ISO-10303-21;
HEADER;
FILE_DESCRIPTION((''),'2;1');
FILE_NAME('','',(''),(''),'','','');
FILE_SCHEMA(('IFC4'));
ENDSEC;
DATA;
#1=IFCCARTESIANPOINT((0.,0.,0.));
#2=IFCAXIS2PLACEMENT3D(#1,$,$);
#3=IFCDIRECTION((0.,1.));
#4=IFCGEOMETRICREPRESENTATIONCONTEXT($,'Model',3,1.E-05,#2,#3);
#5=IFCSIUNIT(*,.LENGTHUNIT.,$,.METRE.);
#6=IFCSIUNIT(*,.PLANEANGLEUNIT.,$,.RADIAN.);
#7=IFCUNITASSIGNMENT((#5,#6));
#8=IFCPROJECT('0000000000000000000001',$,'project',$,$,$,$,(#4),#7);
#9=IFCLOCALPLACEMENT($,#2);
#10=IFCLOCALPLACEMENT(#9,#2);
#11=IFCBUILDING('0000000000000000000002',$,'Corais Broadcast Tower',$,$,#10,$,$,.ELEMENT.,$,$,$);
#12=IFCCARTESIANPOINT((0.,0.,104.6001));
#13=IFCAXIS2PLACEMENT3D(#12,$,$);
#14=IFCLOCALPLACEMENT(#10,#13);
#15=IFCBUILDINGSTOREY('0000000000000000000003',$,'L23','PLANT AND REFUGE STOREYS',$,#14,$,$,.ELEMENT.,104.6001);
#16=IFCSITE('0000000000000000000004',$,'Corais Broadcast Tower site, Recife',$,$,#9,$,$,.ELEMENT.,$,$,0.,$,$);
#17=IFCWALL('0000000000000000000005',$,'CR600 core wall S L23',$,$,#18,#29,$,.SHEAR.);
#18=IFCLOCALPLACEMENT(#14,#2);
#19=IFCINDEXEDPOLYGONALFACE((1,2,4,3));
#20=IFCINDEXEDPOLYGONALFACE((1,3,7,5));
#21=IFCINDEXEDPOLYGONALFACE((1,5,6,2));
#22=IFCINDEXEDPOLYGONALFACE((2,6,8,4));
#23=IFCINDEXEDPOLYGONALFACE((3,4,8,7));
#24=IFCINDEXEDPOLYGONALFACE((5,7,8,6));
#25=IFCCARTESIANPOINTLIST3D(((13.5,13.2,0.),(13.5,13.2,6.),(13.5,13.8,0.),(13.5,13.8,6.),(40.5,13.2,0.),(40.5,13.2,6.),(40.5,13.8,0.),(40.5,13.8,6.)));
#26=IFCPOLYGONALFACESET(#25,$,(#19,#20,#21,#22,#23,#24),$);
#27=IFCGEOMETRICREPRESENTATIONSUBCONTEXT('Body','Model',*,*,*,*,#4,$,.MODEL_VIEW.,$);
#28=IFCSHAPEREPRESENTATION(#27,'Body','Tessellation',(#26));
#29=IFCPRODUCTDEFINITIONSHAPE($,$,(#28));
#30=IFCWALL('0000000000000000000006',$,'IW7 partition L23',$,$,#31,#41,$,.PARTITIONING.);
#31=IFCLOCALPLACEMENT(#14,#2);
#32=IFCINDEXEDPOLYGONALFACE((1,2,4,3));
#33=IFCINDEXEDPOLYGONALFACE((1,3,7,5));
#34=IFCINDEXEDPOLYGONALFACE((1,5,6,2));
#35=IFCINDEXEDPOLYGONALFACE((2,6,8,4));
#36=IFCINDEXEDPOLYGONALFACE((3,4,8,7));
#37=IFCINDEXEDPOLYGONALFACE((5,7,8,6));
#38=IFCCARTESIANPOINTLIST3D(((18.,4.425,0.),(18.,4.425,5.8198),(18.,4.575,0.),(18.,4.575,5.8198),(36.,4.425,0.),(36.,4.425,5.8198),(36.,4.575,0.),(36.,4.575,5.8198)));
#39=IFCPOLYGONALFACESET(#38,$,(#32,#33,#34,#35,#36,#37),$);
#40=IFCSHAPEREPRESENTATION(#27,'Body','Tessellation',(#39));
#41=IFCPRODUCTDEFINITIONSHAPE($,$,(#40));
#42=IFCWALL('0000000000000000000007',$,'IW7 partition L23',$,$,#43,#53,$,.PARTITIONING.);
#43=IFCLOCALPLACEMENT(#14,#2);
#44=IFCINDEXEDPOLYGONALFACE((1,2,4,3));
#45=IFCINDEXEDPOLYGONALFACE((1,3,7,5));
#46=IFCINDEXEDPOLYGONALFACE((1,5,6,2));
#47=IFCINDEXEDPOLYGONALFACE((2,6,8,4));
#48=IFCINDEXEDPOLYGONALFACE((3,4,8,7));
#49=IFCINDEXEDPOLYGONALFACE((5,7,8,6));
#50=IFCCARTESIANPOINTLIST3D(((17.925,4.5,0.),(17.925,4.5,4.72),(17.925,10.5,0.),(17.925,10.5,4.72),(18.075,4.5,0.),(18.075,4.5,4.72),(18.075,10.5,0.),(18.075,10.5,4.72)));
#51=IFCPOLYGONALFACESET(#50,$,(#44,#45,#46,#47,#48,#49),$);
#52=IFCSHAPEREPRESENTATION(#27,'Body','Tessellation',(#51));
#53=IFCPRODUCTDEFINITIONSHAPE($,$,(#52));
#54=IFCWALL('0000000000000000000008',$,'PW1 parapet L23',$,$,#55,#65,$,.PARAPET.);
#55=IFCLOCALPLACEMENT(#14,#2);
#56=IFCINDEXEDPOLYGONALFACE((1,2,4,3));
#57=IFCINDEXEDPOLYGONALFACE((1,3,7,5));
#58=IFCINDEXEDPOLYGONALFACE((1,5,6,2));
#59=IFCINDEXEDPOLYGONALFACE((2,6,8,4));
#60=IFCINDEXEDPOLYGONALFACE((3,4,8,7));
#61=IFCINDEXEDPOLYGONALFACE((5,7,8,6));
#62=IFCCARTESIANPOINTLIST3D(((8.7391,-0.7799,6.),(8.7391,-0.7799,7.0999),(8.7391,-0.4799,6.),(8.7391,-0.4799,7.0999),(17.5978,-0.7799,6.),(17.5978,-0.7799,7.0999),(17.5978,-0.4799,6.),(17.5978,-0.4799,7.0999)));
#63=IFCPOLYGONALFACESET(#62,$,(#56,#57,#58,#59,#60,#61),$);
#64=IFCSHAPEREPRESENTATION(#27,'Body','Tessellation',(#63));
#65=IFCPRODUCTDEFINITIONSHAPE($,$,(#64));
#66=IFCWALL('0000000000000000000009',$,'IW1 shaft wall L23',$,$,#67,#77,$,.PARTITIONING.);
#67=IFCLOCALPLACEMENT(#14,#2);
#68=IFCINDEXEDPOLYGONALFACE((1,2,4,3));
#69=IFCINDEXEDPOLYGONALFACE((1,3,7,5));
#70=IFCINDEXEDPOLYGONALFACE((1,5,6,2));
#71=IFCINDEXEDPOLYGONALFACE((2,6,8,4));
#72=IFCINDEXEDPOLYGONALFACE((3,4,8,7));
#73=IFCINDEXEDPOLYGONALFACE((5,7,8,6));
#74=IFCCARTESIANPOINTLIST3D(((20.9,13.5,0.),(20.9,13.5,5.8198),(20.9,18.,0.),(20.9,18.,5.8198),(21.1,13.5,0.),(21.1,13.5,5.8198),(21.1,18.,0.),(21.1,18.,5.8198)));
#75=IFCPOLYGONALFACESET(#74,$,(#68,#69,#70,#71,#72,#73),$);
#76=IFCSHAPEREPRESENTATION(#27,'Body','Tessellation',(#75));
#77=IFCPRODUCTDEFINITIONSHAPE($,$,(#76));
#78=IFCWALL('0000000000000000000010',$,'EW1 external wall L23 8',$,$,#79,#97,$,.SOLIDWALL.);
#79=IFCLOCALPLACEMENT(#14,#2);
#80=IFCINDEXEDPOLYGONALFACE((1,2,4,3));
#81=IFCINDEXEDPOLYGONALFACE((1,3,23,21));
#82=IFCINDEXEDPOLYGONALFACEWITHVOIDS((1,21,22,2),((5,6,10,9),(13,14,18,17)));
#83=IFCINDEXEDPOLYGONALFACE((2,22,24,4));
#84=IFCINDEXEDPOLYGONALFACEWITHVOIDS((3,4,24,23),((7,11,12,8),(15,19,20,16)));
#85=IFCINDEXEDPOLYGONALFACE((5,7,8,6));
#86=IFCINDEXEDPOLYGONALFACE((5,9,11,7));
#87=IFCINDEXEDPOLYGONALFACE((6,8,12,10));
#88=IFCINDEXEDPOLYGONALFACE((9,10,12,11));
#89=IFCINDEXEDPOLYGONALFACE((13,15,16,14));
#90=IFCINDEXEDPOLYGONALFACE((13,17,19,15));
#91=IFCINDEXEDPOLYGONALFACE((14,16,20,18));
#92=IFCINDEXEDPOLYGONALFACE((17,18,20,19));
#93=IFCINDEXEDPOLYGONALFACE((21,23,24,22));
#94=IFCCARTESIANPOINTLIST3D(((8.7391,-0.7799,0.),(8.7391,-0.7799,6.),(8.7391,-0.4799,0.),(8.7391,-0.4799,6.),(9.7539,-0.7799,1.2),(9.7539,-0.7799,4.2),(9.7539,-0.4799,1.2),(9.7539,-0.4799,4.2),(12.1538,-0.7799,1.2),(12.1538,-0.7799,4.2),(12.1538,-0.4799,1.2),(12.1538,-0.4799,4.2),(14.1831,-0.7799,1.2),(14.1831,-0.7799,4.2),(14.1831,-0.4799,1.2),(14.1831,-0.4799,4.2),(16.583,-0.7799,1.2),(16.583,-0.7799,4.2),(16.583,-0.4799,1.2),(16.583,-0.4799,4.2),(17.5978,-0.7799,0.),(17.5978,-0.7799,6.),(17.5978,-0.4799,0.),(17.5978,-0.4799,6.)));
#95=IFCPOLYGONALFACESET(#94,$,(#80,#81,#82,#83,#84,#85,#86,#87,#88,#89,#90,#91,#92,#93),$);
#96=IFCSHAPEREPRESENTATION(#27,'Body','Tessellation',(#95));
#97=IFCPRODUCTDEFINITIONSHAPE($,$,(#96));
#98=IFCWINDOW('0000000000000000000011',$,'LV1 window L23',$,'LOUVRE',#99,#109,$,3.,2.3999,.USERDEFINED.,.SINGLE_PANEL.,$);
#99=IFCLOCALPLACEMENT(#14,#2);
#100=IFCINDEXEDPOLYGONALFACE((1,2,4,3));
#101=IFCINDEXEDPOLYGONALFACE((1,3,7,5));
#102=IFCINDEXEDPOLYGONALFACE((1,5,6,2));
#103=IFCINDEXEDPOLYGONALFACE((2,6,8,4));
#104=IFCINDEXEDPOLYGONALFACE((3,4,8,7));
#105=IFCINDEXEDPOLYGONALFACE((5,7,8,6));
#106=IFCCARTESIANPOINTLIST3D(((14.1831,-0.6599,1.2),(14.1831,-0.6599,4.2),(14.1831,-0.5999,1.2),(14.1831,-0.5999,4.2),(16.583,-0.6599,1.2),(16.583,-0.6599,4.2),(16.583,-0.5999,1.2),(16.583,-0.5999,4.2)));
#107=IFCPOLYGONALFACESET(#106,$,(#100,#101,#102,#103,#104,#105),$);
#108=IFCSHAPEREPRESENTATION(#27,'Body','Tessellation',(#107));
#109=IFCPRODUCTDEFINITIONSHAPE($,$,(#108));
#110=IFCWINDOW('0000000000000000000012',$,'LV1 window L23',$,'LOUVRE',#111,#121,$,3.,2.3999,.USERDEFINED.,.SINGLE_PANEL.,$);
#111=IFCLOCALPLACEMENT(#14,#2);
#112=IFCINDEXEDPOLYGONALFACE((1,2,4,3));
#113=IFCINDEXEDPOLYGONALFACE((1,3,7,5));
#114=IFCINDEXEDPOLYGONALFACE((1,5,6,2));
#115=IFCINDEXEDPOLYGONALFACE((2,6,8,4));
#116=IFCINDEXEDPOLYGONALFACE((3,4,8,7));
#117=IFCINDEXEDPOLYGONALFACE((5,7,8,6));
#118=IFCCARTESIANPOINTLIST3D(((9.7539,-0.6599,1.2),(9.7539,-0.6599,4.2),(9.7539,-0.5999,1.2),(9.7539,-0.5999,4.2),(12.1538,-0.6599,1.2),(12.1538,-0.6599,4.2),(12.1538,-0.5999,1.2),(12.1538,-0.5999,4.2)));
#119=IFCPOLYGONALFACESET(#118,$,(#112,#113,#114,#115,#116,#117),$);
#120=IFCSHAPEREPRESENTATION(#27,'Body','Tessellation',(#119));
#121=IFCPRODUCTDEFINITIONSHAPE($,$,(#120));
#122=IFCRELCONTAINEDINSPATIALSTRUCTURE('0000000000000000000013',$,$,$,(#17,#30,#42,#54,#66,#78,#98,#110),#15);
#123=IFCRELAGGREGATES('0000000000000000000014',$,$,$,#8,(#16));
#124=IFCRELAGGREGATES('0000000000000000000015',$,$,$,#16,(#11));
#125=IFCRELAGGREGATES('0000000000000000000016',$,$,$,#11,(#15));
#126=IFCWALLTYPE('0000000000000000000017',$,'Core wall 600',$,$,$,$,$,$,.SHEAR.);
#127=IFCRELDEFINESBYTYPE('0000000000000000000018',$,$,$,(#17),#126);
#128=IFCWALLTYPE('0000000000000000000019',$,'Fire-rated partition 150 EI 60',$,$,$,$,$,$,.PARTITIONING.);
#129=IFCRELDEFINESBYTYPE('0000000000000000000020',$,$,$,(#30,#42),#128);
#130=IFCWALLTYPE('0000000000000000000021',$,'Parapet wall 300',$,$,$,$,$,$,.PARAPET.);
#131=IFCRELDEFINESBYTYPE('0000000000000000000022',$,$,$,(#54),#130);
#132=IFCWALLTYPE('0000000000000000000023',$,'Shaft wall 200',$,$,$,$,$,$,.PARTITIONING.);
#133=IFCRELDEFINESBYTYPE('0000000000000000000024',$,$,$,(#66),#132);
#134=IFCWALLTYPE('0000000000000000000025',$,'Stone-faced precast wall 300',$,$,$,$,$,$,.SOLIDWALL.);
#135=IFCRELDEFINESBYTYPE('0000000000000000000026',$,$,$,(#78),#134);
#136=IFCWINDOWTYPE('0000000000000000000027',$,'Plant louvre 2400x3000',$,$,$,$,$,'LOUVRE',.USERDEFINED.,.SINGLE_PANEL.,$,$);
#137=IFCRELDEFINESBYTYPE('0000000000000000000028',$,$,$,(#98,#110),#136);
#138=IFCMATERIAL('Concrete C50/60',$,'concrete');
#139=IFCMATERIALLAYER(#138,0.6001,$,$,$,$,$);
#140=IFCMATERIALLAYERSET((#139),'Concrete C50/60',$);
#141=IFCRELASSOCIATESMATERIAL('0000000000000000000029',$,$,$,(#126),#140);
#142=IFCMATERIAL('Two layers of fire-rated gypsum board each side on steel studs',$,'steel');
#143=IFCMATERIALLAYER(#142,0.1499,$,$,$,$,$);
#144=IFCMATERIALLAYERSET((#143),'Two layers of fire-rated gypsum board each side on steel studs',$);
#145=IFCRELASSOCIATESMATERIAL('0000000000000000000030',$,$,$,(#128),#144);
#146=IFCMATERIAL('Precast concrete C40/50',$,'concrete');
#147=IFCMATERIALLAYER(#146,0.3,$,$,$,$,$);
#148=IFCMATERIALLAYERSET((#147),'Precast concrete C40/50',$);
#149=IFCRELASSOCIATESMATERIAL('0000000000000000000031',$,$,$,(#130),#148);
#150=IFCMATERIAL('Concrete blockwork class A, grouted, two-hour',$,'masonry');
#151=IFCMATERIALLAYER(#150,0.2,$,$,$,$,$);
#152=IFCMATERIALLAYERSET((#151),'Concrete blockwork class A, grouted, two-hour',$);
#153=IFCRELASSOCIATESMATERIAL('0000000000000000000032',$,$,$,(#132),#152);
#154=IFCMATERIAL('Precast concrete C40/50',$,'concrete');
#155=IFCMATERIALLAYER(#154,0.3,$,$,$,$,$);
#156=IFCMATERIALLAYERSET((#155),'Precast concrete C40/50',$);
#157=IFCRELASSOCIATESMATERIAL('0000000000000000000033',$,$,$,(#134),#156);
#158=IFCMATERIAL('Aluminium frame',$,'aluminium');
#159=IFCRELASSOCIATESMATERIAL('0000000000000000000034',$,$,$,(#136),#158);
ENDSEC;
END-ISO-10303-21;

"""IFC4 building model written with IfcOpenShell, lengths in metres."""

from ifc_helpers import new_model, si_unit, direction, frame, frame_2d, origin, place, context, subcontext, project, spatial, rectangle, extrude, material, layer, layer_set, type_object, element, fill, save


model = new_model("IFC4")

# Units and contexts
model_context = context("Model", 3, precision=1e-05, world=origin(), true_north=direction((0.0, 1.0)))
body_context = subcontext(model_context, "Body", "Model", "MODEL_VIEW")
ifc_project = project(units=[si_unit("LENGTHUNIT", "METRE"), si_unit("PLANEANGLEUNIT", "RADIAN")], contexts=[model_context])

# Site, building, storey
site_placement = place(None, origin())
site = spatial("IfcSite", under=ifc_project, at=site_placement, Name="Corais Broadcast Tower site, Recife", CompositionType="ELEMENT", RefElevation=0.0)
building_placement = place(site_placement, origin())
building = spatial("IfcBuilding", under=site, at=building_placement, Name="Corais Broadcast Tower", CompositionType="ELEMENT")
storey_placement = place(building_placement, frame((0.0, 0.0, 104.6001)))
storey = spatial("IfcBuildingStorey", under=building, at=storey_placement, Name="L23", Description="PLANT AND REFUGE STOREYS", CompositionType="ELEMENT", Elevation=104.6001)

# Walls
ifc_material_1 = material(Name="Concrete C50/60", Category="concrete")
ifc_layer_1 = layer(ifc_material_1, 0.6001)
ifc_layer_set_1 = layer_set([ifc_layer_1], Name="Concrete C50/60")
wall_type_1 = type_object("IfcWallType", Name="Core wall 600", PredefinedType="SHEAR", material=ifc_layer_set_1)
wall_1_placement = place(storey_placement, frame((13.5, 13.5, 0.0), z_axis=(0.0, 0.0, 1.0), x_axis=(1.0, 0.0, 0.0)))
element("IfcWall", 1, at=wall_1_placement, inside=storey, type_object=wall_type_1, Name="CR600 core wall S L23", PredefinedType="SHEAR", context=body_context, shape_type="SweptSolid", body=[
    extrude(rectangle(XDim=27.0, YDim=0.6001, at=frame_2d((13.5, 0.0))), origin(), (0.0, 0.0, 1.0), 6.0),
])
ifc_material_2 = material(Name="Two layers of fire-rated gypsum board each side on steel studs", Category="steel")
ifc_layer_2 = layer(ifc_material_2, 0.1499)
ifc_layer_set_2 = layer_set([ifc_layer_2], Name="Two layers of fire-rated gypsum board each side on steel studs")
wall_type_2 = type_object("IfcWallType", Name="Fire-rated partition 150 EI 60", PredefinedType="PARTITIONING", material=ifc_layer_set_2)
wall_2_placement = place(storey_placement, frame((18.0, 4.5, 0.0), z_axis=(0.0, 0.0, 1.0), x_axis=(1.0, 0.0, 0.0)))
element("IfcWall", 2, at=wall_2_placement, inside=storey, type_object=wall_type_2, Name="IW7 partition L23", PredefinedType="PARTITIONING", context=body_context, shape_type="SweptSolid", body=[
    extrude(rectangle(XDim=18.0, YDim=0.1499, at=frame_2d((9.0, 0.0))), origin(), (0.0, 0.0, 1.0), 5.8198),
])
wall_3_placement = place(storey_placement, frame((18.0, 10.5, 0.0), z_axis=(0.0, 0.0, 1.0), x_axis=(0.0, -1.0, 0.0)))
element("IfcWall", 3, at=wall_3_placement, inside=storey, type_object=wall_type_2, Name="IW7 partition L23", PredefinedType="PARTITIONING", context=body_context, shape_type="SweptSolid", body=[
    extrude(rectangle(XDim=6.0, YDim=0.1499, at=frame_2d((3.0, 0.0))), origin(), (0.0, 0.0, 1.0), 4.72),
])
ifc_material_3 = material(Name="Precast concrete C40/50", Category="concrete")
ifc_layer_3 = layer(ifc_material_3, 0.3)
ifc_layer_set_3 = layer_set([ifc_layer_3], Name="Precast concrete C40/50")
wall_type_3 = type_object("IfcWallType", Name="Parapet wall 300", PredefinedType="PARAPET", material=ifc_layer_set_3)
wall_4_placement = place(storey_placement, frame((17.5977, -0.6299, 6.0), z_axis=(0.0, 0.0, 1.0), x_axis=(-1.0, 0.0, 0.0)))
element("IfcWall", 4, at=wall_4_placement, inside=storey, type_object=wall_type_3, Name="PW1 parapet L23", PredefinedType="PARAPET", context=body_context, shape_type="SweptSolid", body=[
    extrude(rectangle(XDim=8.8586, YDim=0.3, at=frame_2d((4.4292, 0.0))), origin(), (0.0, 0.0, 1.0), 1.0999),
])
ifc_material_4 = material(Name="Concrete blockwork class A, grouted, two-hour", Category="masonry")
ifc_layer_4 = layer(ifc_material_4, 0.2)
ifc_layer_set_4 = layer_set([ifc_layer_4], Name="Concrete blockwork class A, grouted, two-hour")
wall_type_4 = type_object("IfcWallType", Name="Shaft wall 200", PredefinedType="PARTITIONING", material=ifc_layer_set_4)
wall_5_placement = place(storey_placement, frame((21.0, 13.5, 0.0), z_axis=(0.0, 0.0, 1.0), x_axis=(0.0, 1.0, 0.0)))
element("IfcWall", 5, at=wall_5_placement, inside=storey, type_object=wall_type_4, Name="IW1 shaft wall L23", PredefinedType="PARTITIONING", context=body_context, shape_type="SweptSolid", body=[
    extrude(rectangle(XDim=4.5, YDim=0.2, at=frame_2d((2.25, 0.0))), origin(), (0.0, 0.0, 1.0), 5.8198),
])

# Wall, openings, windows
ifc_material_5 = material(Name="Precast concrete C40/50", Category="concrete")
ifc_layer_5 = layer(ifc_material_5, 0.3)
ifc_layer_set_5 = layer_set([ifc_layer_5], Name="Precast concrete C40/50")
wall_type_5 = type_object("IfcWallType", Name="Stone-faced precast wall 300", PredefinedType="SOLIDWALL", material=ifc_layer_set_5)
wall_6_placement = place(storey_placement, frame((17.5977, -0.6299, 0.0), z_axis=(0.0, 0.0, 1.0), x_axis=(-1.0, 0.0, 0.0)))
wall_6 = element("IfcWall", 6, at=wall_6_placement, inside=storey, type_object=wall_type_5, Name="EW1 external wall L23 8", PredefinedType="SOLIDWALL", context=body_context, shape_type="SweptSolid", body=[
    extrude(rectangle(XDim=8.8586, YDim=0.3, at=frame_2d((4.4292, 0.0))), origin(), (0.0, 0.0, 1.0), 6.0),
])
opening_1_placement = place(wall_6_placement, frame((1.0146, 0.0, 1.2)))
opening_1 = element("IfcOpeningElement", 7, at=opening_1_placement, cuts=wall_6, PredefinedType="OPENING", context=body_context, shape_type="SweptSolid", body=[
    extrude(rectangle(XDim=2.3999, YDim=3.0, at=frame_2d((1.2, 1.5))), frame((0.0, 0.1599, 0.0), z_axis=(0.0, -1.0, 0.0), x_axis=(1.0, 0.0, 0.0)), (0.0, 0.0, 1.0), 0.3201),
])
opening_2_placement = place(wall_6_placement, frame((5.4438, 0.0, 1.2)))
opening_2 = element("IfcOpeningElement", 8, at=opening_2_placement, cuts=wall_6, PredefinedType="OPENING", context=body_context, shape_type="SweptSolid", body=[
    extrude(rectangle(XDim=2.3999, YDim=3.0, at=frame_2d((1.2, 1.5))), frame((0.0, 0.1599, 0.0), z_axis=(0.0, -1.0, 0.0), x_axis=(1.0, 0.0, 0.0)), (0.0, 0.0, 1.0), 0.3201),
])
ifc_material_6 = material(Name="Aluminium frame", Category="aluminium")
window_type = type_object("IfcWindowType", Name="Plant louvre 2400x3000", ElementType="LOUVRE", PartitioningType="SINGLE_PANEL", PredefinedType="USERDEFINED", material=ifc_material_6)
window_1_placement = place(opening_1_placement, origin())
window_1 = element("IfcWindow", 9, at=window_1_placement, inside=storey, type_object=window_type, Name="LV1 window L23", ObjectType="LOUVRE", OverallHeight=3.0, OverallWidth=2.3999, PartitioningType="SINGLE_PANEL", PredefinedType="USERDEFINED", context=body_context, shape_type="SweptSolid", body=[
    extrude(rectangle(XDim=2.3999, YDim=3.0, at=frame_2d((1.2, 1.5))), frame((0.0, 0.03, 0.0), z_axis=(0.0, -1.0, 0.0), x_axis=(1.0, 0.0, 0.0)), (0.0, 0.0, 1.0), 0.0601),
])
fill(opening_1, window_1)
window_2_placement = place(opening_2_placement, origin())
window_2 = element("IfcWindow", 10, at=window_2_placement, inside=storey, type_object=window_type, Name="LV1 window L23", ObjectType="LOUVRE", OverallHeight=3.0, OverallWidth=2.3999, PartitioningType="SINGLE_PANEL", PredefinedType="USERDEFINED", context=body_context, shape_type="SweptSolid", body=[
    extrude(rectangle(XDim=2.3999, YDim=3.0, at=frame_2d((1.2, 1.5))), frame((0.0, 0.03, 0.0), z_axis=(0.0, -1.0, 0.0), x_axis=(1.0, 0.0, 0.0)), (0.0, 0.0, 1.0), 0.0601),
])
fill(opening_2, window_2)

save(model, "model.ifc")
